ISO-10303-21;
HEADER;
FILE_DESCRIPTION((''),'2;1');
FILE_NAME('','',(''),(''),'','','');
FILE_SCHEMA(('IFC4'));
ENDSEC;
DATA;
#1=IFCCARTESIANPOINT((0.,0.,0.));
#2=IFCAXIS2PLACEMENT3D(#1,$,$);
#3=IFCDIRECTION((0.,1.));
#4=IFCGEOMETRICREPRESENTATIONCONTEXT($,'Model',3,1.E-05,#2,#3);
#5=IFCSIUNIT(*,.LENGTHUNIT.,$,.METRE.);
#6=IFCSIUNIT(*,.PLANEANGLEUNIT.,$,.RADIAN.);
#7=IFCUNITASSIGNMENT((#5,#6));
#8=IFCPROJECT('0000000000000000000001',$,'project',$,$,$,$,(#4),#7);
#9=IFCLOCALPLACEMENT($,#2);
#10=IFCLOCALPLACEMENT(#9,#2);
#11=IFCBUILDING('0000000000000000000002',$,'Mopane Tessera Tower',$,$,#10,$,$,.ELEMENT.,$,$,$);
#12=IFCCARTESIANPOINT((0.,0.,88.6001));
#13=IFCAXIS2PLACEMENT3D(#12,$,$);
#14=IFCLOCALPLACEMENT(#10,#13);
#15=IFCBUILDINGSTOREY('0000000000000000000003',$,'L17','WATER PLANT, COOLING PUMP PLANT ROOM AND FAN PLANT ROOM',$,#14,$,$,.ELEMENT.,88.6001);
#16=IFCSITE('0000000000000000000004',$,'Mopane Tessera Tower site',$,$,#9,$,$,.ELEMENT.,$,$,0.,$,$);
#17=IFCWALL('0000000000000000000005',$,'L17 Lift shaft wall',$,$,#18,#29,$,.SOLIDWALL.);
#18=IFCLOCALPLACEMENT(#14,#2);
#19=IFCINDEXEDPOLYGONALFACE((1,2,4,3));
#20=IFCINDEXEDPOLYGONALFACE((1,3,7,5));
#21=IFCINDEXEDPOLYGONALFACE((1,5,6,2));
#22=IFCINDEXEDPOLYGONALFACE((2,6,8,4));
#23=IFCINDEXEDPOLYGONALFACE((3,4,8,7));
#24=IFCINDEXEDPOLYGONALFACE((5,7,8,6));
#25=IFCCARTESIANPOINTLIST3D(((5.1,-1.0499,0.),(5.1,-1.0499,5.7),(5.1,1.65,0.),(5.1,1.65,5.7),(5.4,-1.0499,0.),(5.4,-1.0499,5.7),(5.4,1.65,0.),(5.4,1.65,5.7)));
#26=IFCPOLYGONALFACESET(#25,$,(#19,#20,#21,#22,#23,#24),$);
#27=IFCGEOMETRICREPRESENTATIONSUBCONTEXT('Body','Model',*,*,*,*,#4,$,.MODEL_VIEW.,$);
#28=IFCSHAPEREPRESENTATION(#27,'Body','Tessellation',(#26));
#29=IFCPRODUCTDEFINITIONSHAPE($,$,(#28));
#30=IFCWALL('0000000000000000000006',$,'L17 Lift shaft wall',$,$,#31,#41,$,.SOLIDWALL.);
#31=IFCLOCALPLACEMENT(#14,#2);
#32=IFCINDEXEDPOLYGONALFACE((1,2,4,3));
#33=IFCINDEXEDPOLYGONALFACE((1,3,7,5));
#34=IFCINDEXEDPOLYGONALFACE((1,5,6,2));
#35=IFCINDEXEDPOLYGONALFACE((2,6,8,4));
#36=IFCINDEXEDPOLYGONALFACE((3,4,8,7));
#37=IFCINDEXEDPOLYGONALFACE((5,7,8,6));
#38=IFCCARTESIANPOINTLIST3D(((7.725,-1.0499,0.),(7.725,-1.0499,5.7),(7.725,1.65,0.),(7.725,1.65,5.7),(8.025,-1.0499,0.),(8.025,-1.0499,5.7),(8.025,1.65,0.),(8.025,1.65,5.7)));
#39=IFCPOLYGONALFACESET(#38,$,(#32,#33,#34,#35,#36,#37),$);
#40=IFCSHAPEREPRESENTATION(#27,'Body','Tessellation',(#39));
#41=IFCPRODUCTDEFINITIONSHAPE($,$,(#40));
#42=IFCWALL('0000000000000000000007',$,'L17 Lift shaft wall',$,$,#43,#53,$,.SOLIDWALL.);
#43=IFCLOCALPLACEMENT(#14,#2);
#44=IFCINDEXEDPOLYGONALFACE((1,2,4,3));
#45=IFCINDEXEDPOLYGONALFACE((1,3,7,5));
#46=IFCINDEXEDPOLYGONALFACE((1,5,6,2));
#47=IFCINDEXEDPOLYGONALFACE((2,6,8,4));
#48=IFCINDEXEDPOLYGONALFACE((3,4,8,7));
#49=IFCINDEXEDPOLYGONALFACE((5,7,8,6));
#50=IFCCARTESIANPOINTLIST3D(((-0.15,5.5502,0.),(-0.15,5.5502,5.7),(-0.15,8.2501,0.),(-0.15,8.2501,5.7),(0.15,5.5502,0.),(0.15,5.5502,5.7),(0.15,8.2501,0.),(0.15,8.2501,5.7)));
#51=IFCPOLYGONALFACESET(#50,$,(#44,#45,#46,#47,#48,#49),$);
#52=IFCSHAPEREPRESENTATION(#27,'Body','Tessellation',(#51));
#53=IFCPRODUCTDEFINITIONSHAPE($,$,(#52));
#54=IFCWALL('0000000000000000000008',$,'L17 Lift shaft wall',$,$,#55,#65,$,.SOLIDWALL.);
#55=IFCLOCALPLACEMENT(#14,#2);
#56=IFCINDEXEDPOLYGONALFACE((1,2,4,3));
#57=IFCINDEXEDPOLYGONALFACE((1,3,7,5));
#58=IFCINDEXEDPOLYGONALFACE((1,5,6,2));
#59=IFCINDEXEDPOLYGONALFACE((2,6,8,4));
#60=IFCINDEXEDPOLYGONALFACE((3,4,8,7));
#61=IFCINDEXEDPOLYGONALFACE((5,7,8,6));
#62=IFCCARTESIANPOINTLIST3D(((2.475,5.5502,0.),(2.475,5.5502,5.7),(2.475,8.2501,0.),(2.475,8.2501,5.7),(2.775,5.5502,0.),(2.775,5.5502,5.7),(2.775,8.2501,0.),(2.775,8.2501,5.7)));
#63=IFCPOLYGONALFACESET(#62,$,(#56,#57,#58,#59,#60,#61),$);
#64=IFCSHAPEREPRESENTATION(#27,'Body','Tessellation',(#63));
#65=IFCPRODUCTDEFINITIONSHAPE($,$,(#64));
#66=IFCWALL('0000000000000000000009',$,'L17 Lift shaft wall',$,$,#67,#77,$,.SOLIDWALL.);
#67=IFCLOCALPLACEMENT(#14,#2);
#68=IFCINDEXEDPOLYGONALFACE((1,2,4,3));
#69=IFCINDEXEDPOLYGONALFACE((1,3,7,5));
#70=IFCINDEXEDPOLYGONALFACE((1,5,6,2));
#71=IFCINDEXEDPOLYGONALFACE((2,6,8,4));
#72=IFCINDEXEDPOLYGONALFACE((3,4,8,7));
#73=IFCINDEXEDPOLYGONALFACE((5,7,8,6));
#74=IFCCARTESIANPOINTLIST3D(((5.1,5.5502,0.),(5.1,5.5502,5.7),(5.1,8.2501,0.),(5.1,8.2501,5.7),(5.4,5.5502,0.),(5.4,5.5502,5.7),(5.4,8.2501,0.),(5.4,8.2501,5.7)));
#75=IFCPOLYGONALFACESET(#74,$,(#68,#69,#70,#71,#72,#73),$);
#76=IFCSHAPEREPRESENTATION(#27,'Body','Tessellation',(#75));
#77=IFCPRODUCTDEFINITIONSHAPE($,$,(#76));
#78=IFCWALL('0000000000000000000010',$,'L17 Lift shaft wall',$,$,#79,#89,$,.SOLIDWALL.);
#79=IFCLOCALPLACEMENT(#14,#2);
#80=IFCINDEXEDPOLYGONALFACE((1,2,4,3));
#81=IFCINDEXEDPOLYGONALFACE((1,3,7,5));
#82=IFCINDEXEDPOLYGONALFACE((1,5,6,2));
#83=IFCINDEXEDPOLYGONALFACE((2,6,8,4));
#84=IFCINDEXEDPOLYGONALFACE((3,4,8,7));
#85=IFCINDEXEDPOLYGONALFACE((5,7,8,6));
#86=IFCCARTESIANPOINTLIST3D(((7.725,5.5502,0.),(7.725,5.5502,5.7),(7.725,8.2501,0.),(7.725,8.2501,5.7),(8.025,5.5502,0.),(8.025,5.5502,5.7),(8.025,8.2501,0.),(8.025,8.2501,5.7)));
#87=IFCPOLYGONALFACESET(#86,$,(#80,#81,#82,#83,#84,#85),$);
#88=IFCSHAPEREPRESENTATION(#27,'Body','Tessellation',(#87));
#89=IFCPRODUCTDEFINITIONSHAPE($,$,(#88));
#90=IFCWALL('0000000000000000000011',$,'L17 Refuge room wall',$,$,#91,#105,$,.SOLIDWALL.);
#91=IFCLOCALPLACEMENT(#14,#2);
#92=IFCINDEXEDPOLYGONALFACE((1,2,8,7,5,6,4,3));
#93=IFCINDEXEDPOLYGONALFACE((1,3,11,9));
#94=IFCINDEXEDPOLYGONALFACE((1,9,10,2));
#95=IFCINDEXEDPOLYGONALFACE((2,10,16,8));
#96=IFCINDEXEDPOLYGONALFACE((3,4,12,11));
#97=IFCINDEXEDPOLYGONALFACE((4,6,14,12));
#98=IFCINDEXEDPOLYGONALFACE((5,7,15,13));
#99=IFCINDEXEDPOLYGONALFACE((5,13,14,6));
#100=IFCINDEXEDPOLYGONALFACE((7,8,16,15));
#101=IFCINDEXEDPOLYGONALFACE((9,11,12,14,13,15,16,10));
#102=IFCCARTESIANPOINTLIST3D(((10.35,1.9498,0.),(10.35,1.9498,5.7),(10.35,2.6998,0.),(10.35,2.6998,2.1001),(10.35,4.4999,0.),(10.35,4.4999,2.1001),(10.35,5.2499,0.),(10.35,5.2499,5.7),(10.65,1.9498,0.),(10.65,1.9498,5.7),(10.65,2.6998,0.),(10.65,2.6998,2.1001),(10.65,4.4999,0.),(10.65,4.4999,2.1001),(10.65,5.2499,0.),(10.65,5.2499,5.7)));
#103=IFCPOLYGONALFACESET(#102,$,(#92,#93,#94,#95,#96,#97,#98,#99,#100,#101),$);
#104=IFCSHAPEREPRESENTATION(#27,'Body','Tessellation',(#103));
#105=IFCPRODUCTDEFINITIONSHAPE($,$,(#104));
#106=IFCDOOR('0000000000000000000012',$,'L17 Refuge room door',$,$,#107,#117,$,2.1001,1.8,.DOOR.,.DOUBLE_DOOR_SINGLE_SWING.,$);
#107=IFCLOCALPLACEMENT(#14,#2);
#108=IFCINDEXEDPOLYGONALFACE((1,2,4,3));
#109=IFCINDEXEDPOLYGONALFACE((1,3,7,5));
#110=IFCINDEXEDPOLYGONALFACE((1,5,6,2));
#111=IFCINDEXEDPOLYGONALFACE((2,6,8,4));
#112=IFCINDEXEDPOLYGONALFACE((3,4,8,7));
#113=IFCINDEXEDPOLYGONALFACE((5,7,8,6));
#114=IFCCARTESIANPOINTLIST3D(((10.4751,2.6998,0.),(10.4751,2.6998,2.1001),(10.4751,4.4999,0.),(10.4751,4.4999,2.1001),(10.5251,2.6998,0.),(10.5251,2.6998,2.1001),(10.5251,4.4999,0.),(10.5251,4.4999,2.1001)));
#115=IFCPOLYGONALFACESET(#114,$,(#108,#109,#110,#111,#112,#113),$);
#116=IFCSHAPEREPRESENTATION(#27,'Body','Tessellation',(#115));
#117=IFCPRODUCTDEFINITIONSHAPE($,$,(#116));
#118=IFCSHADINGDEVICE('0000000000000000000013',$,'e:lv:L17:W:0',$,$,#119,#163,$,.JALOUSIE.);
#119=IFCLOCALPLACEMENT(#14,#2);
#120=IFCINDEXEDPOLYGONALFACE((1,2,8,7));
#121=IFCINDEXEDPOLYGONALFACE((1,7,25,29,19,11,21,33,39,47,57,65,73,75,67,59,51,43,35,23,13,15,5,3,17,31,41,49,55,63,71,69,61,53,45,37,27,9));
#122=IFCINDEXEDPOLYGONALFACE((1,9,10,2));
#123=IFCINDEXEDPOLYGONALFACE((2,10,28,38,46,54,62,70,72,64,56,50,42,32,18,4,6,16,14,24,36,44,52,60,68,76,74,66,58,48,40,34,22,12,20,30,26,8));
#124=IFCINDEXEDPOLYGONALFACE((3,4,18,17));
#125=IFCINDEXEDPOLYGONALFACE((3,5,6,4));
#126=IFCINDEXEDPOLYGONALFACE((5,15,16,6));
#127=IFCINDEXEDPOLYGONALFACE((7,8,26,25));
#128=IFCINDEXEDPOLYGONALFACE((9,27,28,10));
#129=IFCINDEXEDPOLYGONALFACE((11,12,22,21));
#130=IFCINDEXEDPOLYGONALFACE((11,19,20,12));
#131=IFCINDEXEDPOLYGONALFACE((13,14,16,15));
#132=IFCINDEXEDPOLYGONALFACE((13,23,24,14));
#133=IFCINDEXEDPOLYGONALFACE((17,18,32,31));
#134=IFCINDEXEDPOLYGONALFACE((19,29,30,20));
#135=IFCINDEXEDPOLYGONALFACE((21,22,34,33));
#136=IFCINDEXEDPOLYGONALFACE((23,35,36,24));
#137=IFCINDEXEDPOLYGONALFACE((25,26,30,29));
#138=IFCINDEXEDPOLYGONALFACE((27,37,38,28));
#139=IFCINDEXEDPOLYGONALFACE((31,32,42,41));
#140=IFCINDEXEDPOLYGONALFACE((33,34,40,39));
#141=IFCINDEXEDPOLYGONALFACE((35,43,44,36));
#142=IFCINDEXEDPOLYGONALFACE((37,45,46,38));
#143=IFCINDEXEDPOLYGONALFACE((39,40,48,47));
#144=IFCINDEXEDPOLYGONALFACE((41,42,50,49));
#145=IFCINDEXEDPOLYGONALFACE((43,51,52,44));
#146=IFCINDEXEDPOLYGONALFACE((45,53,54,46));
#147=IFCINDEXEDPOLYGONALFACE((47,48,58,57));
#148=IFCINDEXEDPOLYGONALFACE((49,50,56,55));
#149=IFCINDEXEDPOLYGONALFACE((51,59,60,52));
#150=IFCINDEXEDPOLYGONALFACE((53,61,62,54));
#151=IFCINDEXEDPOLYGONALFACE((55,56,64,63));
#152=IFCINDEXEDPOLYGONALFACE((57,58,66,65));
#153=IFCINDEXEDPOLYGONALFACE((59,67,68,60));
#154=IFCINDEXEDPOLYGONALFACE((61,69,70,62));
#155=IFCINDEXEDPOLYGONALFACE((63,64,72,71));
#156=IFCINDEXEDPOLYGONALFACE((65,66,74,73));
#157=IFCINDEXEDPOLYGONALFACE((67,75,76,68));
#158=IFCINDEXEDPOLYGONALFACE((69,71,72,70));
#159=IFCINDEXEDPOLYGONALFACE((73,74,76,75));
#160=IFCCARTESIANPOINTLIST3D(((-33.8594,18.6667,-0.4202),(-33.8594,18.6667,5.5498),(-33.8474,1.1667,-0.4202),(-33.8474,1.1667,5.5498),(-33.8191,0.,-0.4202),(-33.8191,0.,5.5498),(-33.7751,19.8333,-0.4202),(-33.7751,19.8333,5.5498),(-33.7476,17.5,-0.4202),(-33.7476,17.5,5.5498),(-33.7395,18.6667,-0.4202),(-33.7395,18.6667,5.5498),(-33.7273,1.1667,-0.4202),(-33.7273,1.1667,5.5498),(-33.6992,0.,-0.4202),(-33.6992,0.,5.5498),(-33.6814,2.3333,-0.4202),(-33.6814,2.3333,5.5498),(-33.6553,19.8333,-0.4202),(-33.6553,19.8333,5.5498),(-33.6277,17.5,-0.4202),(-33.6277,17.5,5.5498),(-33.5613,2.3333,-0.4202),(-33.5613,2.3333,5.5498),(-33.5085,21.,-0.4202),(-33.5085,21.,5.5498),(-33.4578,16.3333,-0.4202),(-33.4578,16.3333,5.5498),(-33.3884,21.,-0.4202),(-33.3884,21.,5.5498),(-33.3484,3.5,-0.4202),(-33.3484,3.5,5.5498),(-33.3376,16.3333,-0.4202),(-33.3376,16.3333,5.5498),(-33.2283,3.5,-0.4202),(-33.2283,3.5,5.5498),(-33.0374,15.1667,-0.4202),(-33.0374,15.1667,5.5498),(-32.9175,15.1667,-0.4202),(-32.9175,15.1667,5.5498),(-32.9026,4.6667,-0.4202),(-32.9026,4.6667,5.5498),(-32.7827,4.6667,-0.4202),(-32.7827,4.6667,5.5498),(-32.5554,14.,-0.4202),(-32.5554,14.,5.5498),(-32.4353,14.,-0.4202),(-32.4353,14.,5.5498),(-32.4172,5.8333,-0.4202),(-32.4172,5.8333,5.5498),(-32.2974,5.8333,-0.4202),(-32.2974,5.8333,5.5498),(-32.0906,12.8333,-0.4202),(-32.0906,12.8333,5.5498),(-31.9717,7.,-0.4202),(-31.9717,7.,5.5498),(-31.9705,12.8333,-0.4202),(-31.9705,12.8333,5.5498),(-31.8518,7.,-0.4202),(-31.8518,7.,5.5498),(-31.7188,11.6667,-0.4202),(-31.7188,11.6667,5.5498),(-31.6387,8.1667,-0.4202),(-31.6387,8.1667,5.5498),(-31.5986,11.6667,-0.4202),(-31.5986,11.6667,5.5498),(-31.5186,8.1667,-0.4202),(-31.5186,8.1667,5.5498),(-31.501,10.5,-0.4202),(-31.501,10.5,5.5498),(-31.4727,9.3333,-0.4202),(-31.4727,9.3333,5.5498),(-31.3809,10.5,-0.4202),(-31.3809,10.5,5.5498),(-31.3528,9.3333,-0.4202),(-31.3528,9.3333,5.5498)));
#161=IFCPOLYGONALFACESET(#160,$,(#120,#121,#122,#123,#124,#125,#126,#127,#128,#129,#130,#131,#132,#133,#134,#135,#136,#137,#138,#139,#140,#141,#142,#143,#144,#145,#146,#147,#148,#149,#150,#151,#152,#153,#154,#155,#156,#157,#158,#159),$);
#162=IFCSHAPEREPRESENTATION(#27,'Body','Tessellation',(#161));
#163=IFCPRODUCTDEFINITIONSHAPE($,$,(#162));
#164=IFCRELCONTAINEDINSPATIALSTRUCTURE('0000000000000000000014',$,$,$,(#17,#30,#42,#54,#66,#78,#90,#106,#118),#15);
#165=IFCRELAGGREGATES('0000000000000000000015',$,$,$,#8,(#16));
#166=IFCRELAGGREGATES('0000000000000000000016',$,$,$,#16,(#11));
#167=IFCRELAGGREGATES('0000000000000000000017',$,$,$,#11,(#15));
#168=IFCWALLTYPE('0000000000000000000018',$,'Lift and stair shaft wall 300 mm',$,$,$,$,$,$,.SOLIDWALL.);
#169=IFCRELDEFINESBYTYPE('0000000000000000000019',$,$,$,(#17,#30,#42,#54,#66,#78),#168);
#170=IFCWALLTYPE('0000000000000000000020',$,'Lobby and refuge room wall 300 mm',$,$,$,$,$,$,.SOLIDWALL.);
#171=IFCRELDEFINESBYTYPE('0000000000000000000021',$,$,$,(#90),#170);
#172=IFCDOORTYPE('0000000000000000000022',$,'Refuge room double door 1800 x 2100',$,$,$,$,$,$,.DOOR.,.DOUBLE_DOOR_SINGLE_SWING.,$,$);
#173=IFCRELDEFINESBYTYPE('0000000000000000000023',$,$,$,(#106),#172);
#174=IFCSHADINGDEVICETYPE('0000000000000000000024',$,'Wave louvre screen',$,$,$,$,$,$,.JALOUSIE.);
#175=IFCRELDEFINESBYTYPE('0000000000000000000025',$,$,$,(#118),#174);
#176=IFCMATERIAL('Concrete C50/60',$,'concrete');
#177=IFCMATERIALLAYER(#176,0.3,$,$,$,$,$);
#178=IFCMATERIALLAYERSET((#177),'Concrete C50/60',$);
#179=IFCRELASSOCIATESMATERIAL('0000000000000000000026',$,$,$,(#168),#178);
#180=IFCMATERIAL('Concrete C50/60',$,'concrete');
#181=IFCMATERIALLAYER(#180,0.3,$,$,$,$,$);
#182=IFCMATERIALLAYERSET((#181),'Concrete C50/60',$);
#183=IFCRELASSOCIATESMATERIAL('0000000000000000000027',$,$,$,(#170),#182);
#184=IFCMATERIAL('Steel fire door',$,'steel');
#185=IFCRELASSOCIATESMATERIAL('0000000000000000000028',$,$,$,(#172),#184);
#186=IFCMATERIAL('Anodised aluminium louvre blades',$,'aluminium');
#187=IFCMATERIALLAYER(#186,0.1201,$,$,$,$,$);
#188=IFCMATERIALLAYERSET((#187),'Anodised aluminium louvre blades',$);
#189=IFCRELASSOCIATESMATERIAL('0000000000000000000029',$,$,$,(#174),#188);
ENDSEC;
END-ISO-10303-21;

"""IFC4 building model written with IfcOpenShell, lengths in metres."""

from ifc_helpers import new_model, si_unit, direction, frame, frame_2d, origin, place, context, subcontext, project, spatial, polyline, rectangle, outline, extrude, material, layer, layer_set, type_object, element, fill, save


model = new_model("IFC4")

# Units and contexts
model_context = context("Model", 3, precision=1e-05, world=origin(), true_north=direction((0.0, 1.0)))
body_context = subcontext(model_context, "Body", "Model", "MODEL_VIEW")
ifc_project = project(units=[si_unit("LENGTHUNIT", "METRE"), si_unit("PLANEANGLEUNIT", "RADIAN")], contexts=[model_context])

# Site, building, storey
site_placement = place(None, origin())
site = spatial("IfcSite", under=ifc_project, at=site_placement, Name="Mopane Tessera Tower site", CompositionType="ELEMENT", RefElevation=0.0)
building_placement = place(site_placement, origin())
building = spatial("IfcBuilding", under=site, at=building_placement, Name="Mopane Tessera Tower", CompositionType="ELEMENT")
storey_placement = place(building_placement, frame((0.0, 0.0, 88.6001)))
storey = spatial("IfcBuildingStorey", under=building, at=storey_placement, Name="L17", Description="WATER PLANT, COOLING PUMP PLANT ROOM AND FAN PLANT ROOM", CompositionType="ELEMENT", Elevation=88.6001)

# Shared definitions
ifc_material_1 = material(Name="Concrete C50/60", Category="concrete")
ifc_layer_1 = layer(ifc_material_1, 0.3)
ifc_layer_set_1 = layer_set([ifc_layer_1], Name="Concrete C50/60")
wall_type_1 = type_object("IfcWallType", Name="Lift and stair shaft wall 300 mm", PredefinedType="SOLIDWALL", material=ifc_layer_set_1)

# Walls
for number, where, z_axis, x_axis, name in (
    (1, (5.25, -1.05, 0.0), (0.0, 0.0, 1.0), (0.0, 1.0, 0.0), "L17 Lift shaft wall"),
    (2, (7.875, -1.05, 0.0), (0.0, 0.0, 1.0), (0.0, 1.0, 0.0), "L17 Lift shaft wall"),
    (3, (0.0, 5.55, 0.0), (0.0, 0.0, 1.0), (0.0, 1.0, 0.0), "L17 Lift shaft wall"),
    (4, (2.625, 5.55, 0.0), (0.0, 0.0, 1.0), (0.0, 1.0, 0.0), "L17 Lift shaft wall"),
    (5, (5.25, 5.55, 0.0), (0.0, 0.0, 1.0), (0.0, 1.0, 0.0), "L17 Lift shaft wall"),
    (6, (7.875, 5.55, 0.0), (0.0, 0.0, 1.0), (0.0, 1.0, 0.0), "L17 Lift shaft wall"),
):
    element("IfcWall", number, at=place(storey_placement, frame(where, z_axis=z_axis, x_axis=x_axis)), inside=storey, type_object=wall_type_1, Name=name, PredefinedType="SOLIDWALL", context=body_context, shape_type="SweptSolid", body=[
        extrude(rectangle(XDim=2.7, YDim=0.3, at=frame_2d((1.3501, 0.0))), origin(), (0.0, 0.0, 1.0), 5.7),
    ])

# Wall, opening, door
ifc_material_2 = material(Name="Concrete C50/60", Category="concrete")
ifc_layer_2 = layer(ifc_material_2, 0.3)
ifc_layer_set_2 = layer_set([ifc_layer_2], Name="Concrete C50/60")
wall_type_2 = type_object("IfcWallType", Name="Lobby and refuge room wall 300 mm", PredefinedType="SOLIDWALL", material=ifc_layer_set_2)
wall_1_placement = place(storey_placement, frame((10.5, 1.95, 0.0), z_axis=(0.0, 0.0, 1.0), x_axis=(0.0, 1.0, 0.0)))
wall_1 = element("IfcWall", 7, at=wall_1_placement, inside=storey, type_object=wall_type_2, Name="L17 Refuge room wall", PredefinedType="SOLIDWALL", context=body_context, shape_type="SweptSolid", body=[
    extrude(rectangle(XDim=3.3, YDim=0.3, at=frame_2d((1.6499, 0.0))), origin(), (0.0, 0.0, 1.0), 5.7),
])
opening_1_placement = place(wall_1_placement, frame((0.75, 0.0, 0.0)))
opening_1 = element("IfcOpeningElement", 8, at=opening_1_placement, cuts=wall_1, PredefinedType="OPENING", context=body_context, shape_type="SweptSolid", body=[
    extrude(rectangle(XDim=1.8, YDim=2.1001, at=frame_2d((0.8999, 1.05))), frame((0.0, 0.1621, 0.0), z_axis=(0.0, -1.0, 0.0), x_axis=(1.0, 0.0, 0.0)), (0.0, 0.0, 1.0), 0.324),
])
ifc_material_3 = material(Name="Steel fire door", Category="steel")
door_type_1 = type_object("IfcDoorType", Name="Refuge room double door 1800 x 2100", OperationType="DOUBLE_DOOR_SINGLE_SWING", PredefinedType="DOOR", material=ifc_material_3)
door_1_placement = place(opening_1_placement, origin())
door_1 = element("IfcDoor", 9, at=door_1_placement, inside=storey, type_object=door_type_1, Name="L17 Refuge room door", OperationType="DOUBLE_DOOR_SINGLE_SWING", OverallHeight=2.1001, OverallWidth=1.8, PredefinedType="DOOR", context=body_context, shape_type="SweptSolid", body=[
    extrude(rectangle(XDim=1.8, YDim=2.1001, at=frame_2d((0.8999, 1.05))), frame((0.0, 0.0249, 0.0), z_axis=(0.0, -1.0, 0.0), x_axis=(1.0, 0.0, 0.0)), (0.0, 0.0, 1.0), 0.05),
])
fill(opening_1, door_1)

# Shading device
ifc_material_4 = material(Name="Anodised aluminium louvre blades", Category="aluminium")
ifc_layer_3 = layer(ifc_material_4, 0.1201)
ifc_layer_set_3 = layer_set([ifc_layer_3], Name="Anodised aluminium louvre blades")
shading_device_type = type_object("IfcShadingDeviceType", Name="Wave louvre screen", PredefinedType="JALOUSIE", material=ifc_layer_set_3)
shading_device_1_placement = place(storey_placement, frame((0.0, 0.0, -0.4202)))
element("IfcShadingDevice", 10, at=shading_device_1_placement, inside=storey, type_object=shading_device_type, Name="e:lv:L17:W:0", PredefinedType="JALOUSIE", context=body_context, shape_type="SweptSolid", body=[
    extrude(outline(polyline([(-33.3884, 21.0), (-33.6553, 19.8333), (-33.7395, 18.6667), (-33.6277, 17.5), (-33.3376, 16.3333), (-32.9175, 15.1667), (-32.4353, 14.0), (-31.9705, 12.8333), (-31.5986, 11.6667), (-31.3809, 10.5), (-31.3528, 9.3333), (-31.5186, 8.1667), (-31.8518, 7.0), (-32.2974, 5.8333), (-32.7827, 4.6667), (-33.2283, 3.5), (-33.5613, 2.3333), (-33.7273, 1.1667), (-33.6992, 0.0), (-33.8191, 0.0), (-33.8474, 1.1667), (-33.6814, 2.3333), (-33.3484, 3.5), (-32.9026, 4.6667), (-32.4172, 5.8333), (-31.9717, 7.0), (-31.6387, 8.1667), (-31.4727, 9.3333), (-31.501, 10.5), (-31.7188, 11.6667), (-32.0906, 12.8333), (-32.5554, 14.0), (-33.0374, 15.1667), (-33.4578, 16.3333), (-33.7476, 17.5), (-33.8594, 18.6667), (-33.7751, 19.8333), (-33.5085, 21.0), (-33.3884, 21.0)])), origin(), (0.0, 0.0, 1.0), 5.97),
])

save(model, "model.ifc")
